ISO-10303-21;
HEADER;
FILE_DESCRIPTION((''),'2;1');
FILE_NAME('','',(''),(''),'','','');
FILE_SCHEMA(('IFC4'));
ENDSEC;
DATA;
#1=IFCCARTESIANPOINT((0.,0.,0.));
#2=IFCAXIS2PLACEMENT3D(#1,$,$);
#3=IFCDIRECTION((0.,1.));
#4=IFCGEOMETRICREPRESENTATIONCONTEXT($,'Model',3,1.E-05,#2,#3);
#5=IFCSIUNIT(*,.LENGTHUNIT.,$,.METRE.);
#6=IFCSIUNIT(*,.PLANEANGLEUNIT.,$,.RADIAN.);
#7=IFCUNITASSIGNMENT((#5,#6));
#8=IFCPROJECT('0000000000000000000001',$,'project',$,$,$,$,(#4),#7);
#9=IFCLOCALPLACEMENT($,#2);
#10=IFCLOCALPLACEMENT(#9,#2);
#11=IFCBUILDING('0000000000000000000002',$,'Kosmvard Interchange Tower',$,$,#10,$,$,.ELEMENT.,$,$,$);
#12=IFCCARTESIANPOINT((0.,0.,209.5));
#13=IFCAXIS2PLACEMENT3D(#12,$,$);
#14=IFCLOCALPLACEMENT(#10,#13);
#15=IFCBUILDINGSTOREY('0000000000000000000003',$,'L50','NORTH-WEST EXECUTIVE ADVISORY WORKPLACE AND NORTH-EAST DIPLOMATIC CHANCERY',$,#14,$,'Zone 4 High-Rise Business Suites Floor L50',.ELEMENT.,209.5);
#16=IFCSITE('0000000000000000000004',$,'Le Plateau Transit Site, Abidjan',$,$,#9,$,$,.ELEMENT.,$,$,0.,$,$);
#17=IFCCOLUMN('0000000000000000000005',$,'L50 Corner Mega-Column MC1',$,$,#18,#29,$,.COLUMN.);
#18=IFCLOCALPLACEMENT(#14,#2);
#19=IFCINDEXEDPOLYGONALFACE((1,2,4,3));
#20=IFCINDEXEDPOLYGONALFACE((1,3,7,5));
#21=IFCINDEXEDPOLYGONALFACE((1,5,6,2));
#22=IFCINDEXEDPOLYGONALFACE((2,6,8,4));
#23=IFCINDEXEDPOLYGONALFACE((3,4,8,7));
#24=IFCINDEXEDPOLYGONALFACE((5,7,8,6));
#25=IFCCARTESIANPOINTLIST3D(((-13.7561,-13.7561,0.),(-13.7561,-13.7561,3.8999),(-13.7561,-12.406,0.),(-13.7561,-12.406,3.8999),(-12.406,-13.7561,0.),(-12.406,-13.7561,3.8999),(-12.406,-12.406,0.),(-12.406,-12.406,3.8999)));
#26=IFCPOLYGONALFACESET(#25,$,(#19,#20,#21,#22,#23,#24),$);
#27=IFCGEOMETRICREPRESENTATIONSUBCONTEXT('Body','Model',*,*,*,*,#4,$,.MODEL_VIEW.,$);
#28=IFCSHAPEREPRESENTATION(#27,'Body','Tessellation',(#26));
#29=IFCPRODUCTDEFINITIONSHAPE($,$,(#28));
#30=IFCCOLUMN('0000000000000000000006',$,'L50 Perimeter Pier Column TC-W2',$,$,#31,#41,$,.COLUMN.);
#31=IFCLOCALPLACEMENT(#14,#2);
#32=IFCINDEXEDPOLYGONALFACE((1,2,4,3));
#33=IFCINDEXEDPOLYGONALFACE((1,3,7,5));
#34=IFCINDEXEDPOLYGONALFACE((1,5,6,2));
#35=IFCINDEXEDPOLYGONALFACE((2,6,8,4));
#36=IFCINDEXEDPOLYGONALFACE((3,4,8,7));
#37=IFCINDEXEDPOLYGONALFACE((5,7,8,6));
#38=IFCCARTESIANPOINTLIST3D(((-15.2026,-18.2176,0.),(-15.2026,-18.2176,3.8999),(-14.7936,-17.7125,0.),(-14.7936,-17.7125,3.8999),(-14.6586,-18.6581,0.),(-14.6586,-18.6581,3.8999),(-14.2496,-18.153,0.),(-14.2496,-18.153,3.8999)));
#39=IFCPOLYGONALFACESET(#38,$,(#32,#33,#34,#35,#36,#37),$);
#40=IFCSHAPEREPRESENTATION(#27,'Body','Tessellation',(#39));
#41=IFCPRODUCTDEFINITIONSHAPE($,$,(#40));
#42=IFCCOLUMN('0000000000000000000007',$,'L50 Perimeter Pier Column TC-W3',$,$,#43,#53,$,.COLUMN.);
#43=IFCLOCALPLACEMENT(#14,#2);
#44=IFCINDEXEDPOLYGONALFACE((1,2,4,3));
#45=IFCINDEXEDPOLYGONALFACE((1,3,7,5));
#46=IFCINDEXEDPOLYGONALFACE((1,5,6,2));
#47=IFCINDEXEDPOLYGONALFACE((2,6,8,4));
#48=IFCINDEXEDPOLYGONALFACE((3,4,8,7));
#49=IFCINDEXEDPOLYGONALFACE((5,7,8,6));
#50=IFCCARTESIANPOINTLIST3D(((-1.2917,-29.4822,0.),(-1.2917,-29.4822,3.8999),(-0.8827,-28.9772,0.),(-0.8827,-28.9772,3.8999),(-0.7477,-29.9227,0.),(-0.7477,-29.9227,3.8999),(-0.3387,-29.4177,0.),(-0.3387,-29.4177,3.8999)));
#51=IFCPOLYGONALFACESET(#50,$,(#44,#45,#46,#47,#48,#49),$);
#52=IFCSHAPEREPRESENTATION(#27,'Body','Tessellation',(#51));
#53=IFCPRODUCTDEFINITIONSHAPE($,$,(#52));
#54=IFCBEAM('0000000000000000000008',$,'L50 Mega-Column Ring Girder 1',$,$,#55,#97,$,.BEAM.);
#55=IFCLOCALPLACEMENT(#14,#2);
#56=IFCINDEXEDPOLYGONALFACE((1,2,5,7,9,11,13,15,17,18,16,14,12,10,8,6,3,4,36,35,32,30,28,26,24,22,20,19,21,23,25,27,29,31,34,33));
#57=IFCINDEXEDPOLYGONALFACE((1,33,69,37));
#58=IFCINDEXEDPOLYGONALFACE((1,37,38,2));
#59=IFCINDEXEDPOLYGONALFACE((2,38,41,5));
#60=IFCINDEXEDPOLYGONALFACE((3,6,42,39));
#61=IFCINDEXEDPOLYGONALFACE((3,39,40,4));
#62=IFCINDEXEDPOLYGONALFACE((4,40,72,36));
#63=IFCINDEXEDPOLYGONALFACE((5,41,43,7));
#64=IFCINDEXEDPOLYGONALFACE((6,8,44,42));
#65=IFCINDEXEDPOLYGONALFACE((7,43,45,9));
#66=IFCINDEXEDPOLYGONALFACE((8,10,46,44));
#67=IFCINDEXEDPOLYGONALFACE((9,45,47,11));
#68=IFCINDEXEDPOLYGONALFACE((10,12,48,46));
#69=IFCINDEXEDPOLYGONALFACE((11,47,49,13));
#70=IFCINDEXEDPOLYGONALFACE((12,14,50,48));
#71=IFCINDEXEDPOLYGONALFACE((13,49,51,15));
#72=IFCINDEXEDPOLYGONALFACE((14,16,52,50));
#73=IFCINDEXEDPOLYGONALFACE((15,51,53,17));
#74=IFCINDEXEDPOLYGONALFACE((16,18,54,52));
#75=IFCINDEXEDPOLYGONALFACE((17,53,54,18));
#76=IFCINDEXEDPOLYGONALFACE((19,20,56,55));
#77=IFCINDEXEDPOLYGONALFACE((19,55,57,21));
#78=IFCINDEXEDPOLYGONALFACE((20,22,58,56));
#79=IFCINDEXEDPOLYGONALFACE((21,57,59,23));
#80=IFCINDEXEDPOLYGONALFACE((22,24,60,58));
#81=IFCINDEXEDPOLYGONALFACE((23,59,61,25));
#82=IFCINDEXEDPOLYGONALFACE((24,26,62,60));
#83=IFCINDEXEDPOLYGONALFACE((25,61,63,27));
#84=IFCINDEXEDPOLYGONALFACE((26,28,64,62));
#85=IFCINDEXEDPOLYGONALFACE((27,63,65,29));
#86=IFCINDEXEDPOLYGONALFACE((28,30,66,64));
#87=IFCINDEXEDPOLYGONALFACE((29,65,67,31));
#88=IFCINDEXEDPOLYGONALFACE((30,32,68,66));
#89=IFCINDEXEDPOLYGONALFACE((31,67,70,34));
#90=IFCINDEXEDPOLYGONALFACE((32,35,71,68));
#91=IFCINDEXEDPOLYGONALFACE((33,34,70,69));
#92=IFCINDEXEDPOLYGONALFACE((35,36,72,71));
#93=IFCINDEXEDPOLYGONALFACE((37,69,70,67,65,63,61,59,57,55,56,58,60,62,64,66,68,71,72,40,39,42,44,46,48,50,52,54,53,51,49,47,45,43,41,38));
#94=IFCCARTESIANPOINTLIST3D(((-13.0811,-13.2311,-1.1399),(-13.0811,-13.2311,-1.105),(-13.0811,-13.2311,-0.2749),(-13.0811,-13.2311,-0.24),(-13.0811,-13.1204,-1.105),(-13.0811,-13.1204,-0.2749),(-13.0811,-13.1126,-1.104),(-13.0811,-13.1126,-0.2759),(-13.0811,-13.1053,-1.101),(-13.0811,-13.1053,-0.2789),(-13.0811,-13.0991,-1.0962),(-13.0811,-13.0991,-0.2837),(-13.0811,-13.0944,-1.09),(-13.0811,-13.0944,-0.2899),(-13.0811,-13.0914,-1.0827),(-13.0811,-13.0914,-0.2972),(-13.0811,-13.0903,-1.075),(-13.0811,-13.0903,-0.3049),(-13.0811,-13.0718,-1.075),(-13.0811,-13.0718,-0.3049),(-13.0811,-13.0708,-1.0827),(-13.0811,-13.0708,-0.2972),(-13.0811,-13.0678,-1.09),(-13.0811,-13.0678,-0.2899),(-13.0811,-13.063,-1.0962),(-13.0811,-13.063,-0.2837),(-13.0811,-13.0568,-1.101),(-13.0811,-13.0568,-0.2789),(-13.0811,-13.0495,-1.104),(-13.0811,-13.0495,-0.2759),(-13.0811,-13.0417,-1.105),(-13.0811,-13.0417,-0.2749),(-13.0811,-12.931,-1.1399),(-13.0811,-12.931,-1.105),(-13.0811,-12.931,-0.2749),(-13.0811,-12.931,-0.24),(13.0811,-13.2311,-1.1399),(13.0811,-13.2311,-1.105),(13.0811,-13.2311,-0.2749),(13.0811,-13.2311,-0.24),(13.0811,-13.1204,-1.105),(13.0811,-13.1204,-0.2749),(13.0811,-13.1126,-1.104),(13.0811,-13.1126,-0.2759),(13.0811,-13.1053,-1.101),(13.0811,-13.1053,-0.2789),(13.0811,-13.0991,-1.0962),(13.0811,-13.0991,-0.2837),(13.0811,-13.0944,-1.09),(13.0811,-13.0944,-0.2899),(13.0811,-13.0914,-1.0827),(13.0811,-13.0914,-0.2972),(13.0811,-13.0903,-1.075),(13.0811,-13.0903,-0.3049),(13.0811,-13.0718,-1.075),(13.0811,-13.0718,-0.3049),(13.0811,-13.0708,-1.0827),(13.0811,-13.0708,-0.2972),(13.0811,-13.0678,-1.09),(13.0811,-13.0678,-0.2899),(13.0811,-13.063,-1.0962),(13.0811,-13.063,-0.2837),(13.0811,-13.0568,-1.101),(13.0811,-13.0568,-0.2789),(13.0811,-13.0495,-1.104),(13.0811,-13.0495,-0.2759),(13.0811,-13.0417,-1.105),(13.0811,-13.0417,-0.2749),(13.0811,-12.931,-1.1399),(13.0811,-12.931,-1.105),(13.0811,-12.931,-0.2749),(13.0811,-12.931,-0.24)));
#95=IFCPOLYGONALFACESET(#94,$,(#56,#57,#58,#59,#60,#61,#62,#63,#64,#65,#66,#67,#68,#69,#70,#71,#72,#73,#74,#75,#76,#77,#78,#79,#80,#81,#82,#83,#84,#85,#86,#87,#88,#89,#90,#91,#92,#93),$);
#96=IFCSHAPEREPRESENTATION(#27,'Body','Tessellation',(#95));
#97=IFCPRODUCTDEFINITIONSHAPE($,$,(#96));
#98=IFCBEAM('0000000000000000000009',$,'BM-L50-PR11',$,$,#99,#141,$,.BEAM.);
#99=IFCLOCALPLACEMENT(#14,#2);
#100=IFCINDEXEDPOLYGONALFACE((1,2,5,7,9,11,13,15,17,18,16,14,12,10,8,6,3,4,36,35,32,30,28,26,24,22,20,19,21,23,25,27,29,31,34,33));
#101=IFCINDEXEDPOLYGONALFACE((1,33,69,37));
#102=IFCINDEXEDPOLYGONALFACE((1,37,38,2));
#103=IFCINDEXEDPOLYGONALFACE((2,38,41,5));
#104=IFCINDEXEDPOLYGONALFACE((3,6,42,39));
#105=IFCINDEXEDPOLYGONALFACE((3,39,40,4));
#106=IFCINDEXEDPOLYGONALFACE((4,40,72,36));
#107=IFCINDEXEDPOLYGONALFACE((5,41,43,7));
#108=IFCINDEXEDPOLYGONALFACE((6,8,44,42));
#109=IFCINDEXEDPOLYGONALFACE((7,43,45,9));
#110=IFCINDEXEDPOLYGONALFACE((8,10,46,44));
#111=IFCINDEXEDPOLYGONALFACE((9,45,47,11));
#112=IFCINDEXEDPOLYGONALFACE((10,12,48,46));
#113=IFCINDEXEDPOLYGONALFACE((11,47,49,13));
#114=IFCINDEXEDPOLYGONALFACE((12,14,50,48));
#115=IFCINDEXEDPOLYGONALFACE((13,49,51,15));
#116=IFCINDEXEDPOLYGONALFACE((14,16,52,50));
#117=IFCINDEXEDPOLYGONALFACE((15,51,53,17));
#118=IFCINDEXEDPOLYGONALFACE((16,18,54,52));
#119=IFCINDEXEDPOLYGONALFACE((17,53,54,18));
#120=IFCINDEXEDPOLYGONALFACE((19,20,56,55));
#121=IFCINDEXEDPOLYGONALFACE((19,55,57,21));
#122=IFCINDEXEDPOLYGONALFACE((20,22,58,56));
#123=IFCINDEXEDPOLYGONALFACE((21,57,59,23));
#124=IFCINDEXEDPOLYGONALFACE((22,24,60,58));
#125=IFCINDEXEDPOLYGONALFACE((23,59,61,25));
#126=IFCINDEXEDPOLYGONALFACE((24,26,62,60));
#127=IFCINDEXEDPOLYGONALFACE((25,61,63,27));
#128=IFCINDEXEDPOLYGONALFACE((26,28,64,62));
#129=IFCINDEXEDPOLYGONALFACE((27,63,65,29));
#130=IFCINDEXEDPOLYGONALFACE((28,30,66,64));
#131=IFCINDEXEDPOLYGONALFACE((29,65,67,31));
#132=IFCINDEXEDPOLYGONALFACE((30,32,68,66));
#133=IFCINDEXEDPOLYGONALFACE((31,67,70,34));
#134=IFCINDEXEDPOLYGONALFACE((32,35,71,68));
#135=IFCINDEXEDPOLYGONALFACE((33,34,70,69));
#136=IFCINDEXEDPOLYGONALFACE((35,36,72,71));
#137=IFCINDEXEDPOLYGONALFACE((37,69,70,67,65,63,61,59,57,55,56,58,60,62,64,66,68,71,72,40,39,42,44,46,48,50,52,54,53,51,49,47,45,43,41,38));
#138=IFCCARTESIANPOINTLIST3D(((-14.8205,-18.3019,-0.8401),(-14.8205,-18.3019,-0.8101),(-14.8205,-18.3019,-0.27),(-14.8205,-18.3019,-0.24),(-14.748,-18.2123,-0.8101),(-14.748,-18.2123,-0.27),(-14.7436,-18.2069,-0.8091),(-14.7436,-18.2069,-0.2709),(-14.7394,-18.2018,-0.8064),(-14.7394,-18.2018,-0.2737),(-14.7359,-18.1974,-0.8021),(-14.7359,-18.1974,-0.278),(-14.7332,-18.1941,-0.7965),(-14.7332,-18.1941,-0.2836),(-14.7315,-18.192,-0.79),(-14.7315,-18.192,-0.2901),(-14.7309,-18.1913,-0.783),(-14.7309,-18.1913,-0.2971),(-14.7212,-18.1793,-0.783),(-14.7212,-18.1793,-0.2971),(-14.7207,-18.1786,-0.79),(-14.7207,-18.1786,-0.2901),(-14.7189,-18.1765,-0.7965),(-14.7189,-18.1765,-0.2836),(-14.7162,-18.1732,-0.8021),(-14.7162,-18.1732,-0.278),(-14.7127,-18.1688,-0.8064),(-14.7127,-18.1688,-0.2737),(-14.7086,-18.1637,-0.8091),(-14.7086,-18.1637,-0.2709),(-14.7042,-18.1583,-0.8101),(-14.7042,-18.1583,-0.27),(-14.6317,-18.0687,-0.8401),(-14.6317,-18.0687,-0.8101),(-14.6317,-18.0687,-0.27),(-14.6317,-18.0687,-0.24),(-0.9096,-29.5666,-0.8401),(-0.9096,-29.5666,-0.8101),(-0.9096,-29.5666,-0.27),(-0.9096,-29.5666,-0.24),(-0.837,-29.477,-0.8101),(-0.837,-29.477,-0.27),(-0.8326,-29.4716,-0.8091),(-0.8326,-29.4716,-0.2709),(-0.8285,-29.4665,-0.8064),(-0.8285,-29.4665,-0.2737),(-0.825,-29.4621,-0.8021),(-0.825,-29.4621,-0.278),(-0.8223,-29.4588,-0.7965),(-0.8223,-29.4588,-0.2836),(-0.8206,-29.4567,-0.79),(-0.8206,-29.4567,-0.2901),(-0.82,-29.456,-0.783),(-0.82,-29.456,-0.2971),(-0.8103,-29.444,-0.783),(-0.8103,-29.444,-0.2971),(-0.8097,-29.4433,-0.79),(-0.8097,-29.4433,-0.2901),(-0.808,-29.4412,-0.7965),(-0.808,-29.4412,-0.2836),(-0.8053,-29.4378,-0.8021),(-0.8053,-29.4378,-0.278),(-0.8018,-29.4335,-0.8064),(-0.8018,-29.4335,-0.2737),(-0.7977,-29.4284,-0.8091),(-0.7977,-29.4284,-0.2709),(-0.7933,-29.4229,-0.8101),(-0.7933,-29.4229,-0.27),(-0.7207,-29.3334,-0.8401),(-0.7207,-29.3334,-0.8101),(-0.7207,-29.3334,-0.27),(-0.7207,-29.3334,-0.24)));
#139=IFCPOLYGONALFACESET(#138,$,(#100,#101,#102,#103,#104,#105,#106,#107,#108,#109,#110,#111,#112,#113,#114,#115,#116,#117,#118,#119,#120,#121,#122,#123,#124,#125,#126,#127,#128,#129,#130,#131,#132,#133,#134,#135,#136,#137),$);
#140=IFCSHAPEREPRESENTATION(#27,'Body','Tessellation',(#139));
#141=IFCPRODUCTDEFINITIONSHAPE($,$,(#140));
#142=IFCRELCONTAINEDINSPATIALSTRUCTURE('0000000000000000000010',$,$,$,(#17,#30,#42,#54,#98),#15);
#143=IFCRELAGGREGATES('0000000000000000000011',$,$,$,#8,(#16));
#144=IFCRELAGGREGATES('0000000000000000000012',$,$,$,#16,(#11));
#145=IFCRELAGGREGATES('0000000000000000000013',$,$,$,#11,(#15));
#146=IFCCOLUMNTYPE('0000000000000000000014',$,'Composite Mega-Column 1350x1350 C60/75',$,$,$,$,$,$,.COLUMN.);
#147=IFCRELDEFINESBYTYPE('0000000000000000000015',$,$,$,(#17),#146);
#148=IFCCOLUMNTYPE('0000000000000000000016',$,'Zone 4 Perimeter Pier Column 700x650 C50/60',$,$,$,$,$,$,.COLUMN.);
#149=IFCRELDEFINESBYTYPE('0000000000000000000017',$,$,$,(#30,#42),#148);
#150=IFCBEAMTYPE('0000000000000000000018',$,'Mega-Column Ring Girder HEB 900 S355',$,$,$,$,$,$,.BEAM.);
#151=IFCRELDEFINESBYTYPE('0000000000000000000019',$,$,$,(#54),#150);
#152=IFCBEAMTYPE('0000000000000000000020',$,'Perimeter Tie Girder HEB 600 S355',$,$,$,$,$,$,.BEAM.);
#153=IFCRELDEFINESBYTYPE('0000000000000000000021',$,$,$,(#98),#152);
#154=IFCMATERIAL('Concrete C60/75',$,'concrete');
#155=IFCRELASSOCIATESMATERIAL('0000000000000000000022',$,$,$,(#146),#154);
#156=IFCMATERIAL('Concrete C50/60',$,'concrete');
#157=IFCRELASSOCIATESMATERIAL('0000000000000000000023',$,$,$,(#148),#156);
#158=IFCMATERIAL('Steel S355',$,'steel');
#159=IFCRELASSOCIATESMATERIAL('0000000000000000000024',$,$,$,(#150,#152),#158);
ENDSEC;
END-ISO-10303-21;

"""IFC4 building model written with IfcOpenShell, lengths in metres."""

from ifc_helpers import new_model, si_unit, direction, frame, origin, origin_2d, place, context, subcontext, project, spatial, rectangle, i_section, extrude, source, transform, mapped, material, material_profile, profile_set, type_object, element, save


model = new_model("IFC4")

# Units and contexts
model_context = context("Model", 3, precision=1e-05, world=origin(), true_north=direction((0.0, 1.0)))
body_context = subcontext(model_context, "Body", "Model", "MODEL_VIEW")
ifc_project = project(units=[si_unit("LENGTHUNIT", "METRE"), si_unit("PLANEANGLEUNIT", "RADIAN")], contexts=[model_context])

# Site, building, storey
site_placement = place(None, origin())
site = spatial("IfcSite", under=ifc_project, at=site_placement, Name="Le Plateau Transit Site, Abidjan", CompositionType="ELEMENT", RefElevation=0.0)
building_placement = place(site_placement, origin())
building = spatial("IfcBuilding", under=site, at=building_placement, Name="Kosmvard Interchange Tower", CompositionType="ELEMENT")
storey_placement = place(building_placement, frame((0.0, 0.0, 209.5)))
storey = spatial("IfcBuildingStorey", under=building, at=storey_placement, Name="L50", Description="NORTH-WEST EXECUTIVE ADVISORY WORKPLACE AND NORTH-EAST DIPLOMATIC CHANCERY", LongName="Zone 4 High-Rise Business Suites Floor L50", CompositionType="ELEMENT", Elevation=209.5)

# Columns
ifc_material_1 = material(Name="Concrete C60/75", Category="concrete")
ifc_material_profile_1 = material_profile(ifc_material_1, rectangle(XDim=1.3501, YDim=1.3501, at=origin_2d()), Name="MC 1350x1350")
ifc_profile_set_1 = profile_set([ifc_material_profile_1], Name="Concrete C60/75")
column_type_1 = type_object("IfcColumnType", Name="Composite Mega-Column 1350x1350 C60/75", PredefinedType="COLUMN", material=ifc_profile_set_1)
shared_shape_1 = source(origin(), body_context, "Body", "SweptSolid", [
    extrude(rectangle(XDim=1.3501, YDim=1.3501, at=origin_2d()), origin(), (0.0, 0.0, 1.0), 3.8999),
])
column_placement = place(storey_placement, frame((-13.0811, -13.0811, 0.0), z_axis=(0.0, 0.0, 1.0), x_axis=(1.0, 0.0, 0.0)))
element("IfcColumn", 1, at=column_placement, inside=storey, type_object=column_type_1, Name="L50 Corner Mega-Column MC1", PredefinedType="COLUMN", context=body_context, shape_type="MappedRepresentation", body=[
    mapped(shared_shape_1, transform((0.0, 0.0, 0.0), scale=1.0)),
])
ifc_material_2 = material(Name="Concrete C50/60", Category="concrete")
ifc_material_profile_2 = material_profile(ifc_material_2, rectangle(XDim=0.6499, YDim=0.7, at=origin_2d()), Name="TC 700x650")
ifc_profile_set_2 = profile_set([ifc_material_profile_2], Name="Concrete C50/60")
column_type_2 = type_object("IfcColumnType", Name="Zone 4 Perimeter Pier Column 700x650 C50/60", PredefinedType="COLUMN", material=ifc_profile_set_2)
shared_shape_2 = source(origin(), body_context, "Body", "SweptSolid", [
    extrude(rectangle(XDim=0.6499, YDim=0.7, at=origin_2d()), origin(), (0.0, 0.0, 1.0), 3.8999),
])
for number, where, z_axis, x_axis, name in (
    (2, (-14.7261, -18.1853, 0.0), (0.0, 0.0, 1.0), (0.62932, 0.777146, 0.0), "L50 Perimeter Pier Column TC-W2"),
    (3, (-0.8152, -29.45, 0.0), (0.0, 0.0, 1.0), (0.62932, 0.777146, 0.0), "L50 Perimeter Pier Column TC-W3"),
):
    element("IfcColumn", number, at=place(storey_placement, frame(where, z_axis=z_axis, x_axis=x_axis)), inside=storey, type_object=column_type_2, Name=name, PredefinedType="COLUMN", context=body_context, shape_type="MappedRepresentation", body=[
        mapped(shared_shape_2, transform((0.0, 0.0, 0.0), scale=1.0)),
    ])

# Beams
ifc_material_3 = material(Name="Steel S355", Category="steel")
ifc_material_profile_3 = material_profile(ifc_material_3, i_section(OverallWidth=0.3, OverallDepth=0.8999, WebThickness=0.0186, FlangeThickness=0.0349, FilletRadius=0.03, at=origin_2d()), Name="HEB 900")
ifc_profile_set_3 = profile_set([ifc_material_profile_3], Name="Steel S355")
beam_type_1 = type_object("IfcBeamType", Name="Mega-Column Ring Girder HEB 900 S355", PredefinedType="BEAM", material=ifc_profile_set_3)
shared_shape_3 = source(origin(), body_context, "Body", "SweptSolid", [
    extrude(i_section(OverallWidth=0.3, OverallDepth=0.8999, WebThickness=0.0186, FlangeThickness=0.0349, FilletRadius=0.03, at=origin_2d()), origin(), (0.0, 0.0, 1.0), 26.1621),
])
beam_1_placement = place(storey_placement, frame((-13.0811, -13.0811, -0.6899), z_axis=(1.0, 0.0, 0.0), x_axis=(0.0, 1.0, 0.0)))
element("IfcBeam", 4, at=beam_1_placement, inside=storey, type_object=beam_type_1, Name="L50 Mega-Column Ring Girder 1", PredefinedType="BEAM", context=body_context, shape_type="MappedRepresentation", body=[
    mapped(shared_shape_3, transform((0.0, 0.0, 0.0), scale=1.0)),
])
ifc_material_profile_4 = material_profile(ifc_material_3, i_section(OverallWidth=0.3, OverallDepth=0.6001, WebThickness=0.0154, FlangeThickness=0.03, FilletRadius=0.0271, at=origin_2d()), Name="HEB 600")
ifc_profile_set_4 = profile_set([ifc_material_profile_4], Name="Steel S355")
beam_type_2 = type_object("IfcBeamType", Name="Perimeter Tie Girder HEB 600 S355", PredefinedType="BEAM", material=ifc_profile_set_4)
shared_shape_4 = source(origin(), body_context, "Body", "SweptSolid", [
    extrude(i_section(OverallWidth=0.3, OverallDepth=0.6001, WebThickness=0.0154, FlangeThickness=0.03, FilletRadius=0.0271, at=origin_2d()), origin(), (0.0, 0.0, 1.0), 17.8999),
])
beam_2_placement = place(storey_placement, frame((-14.7261, -18.1853, -0.54), z_axis=(0.777151, -0.629315, 0.0), x_axis=(0.629315, 0.777151, 0.0)))
element("IfcBeam", 5, at=beam_2_placement, inside=storey, type_object=beam_type_2, Name="BM-L50-PR11", PredefinedType="BEAM", context=body_context, shape_type="MappedRepresentation", body=[
    mapped(shared_shape_4, transform((0.0, 0.0, 0.0), scale=1.0)),
])

save(model, "model.ifc")
